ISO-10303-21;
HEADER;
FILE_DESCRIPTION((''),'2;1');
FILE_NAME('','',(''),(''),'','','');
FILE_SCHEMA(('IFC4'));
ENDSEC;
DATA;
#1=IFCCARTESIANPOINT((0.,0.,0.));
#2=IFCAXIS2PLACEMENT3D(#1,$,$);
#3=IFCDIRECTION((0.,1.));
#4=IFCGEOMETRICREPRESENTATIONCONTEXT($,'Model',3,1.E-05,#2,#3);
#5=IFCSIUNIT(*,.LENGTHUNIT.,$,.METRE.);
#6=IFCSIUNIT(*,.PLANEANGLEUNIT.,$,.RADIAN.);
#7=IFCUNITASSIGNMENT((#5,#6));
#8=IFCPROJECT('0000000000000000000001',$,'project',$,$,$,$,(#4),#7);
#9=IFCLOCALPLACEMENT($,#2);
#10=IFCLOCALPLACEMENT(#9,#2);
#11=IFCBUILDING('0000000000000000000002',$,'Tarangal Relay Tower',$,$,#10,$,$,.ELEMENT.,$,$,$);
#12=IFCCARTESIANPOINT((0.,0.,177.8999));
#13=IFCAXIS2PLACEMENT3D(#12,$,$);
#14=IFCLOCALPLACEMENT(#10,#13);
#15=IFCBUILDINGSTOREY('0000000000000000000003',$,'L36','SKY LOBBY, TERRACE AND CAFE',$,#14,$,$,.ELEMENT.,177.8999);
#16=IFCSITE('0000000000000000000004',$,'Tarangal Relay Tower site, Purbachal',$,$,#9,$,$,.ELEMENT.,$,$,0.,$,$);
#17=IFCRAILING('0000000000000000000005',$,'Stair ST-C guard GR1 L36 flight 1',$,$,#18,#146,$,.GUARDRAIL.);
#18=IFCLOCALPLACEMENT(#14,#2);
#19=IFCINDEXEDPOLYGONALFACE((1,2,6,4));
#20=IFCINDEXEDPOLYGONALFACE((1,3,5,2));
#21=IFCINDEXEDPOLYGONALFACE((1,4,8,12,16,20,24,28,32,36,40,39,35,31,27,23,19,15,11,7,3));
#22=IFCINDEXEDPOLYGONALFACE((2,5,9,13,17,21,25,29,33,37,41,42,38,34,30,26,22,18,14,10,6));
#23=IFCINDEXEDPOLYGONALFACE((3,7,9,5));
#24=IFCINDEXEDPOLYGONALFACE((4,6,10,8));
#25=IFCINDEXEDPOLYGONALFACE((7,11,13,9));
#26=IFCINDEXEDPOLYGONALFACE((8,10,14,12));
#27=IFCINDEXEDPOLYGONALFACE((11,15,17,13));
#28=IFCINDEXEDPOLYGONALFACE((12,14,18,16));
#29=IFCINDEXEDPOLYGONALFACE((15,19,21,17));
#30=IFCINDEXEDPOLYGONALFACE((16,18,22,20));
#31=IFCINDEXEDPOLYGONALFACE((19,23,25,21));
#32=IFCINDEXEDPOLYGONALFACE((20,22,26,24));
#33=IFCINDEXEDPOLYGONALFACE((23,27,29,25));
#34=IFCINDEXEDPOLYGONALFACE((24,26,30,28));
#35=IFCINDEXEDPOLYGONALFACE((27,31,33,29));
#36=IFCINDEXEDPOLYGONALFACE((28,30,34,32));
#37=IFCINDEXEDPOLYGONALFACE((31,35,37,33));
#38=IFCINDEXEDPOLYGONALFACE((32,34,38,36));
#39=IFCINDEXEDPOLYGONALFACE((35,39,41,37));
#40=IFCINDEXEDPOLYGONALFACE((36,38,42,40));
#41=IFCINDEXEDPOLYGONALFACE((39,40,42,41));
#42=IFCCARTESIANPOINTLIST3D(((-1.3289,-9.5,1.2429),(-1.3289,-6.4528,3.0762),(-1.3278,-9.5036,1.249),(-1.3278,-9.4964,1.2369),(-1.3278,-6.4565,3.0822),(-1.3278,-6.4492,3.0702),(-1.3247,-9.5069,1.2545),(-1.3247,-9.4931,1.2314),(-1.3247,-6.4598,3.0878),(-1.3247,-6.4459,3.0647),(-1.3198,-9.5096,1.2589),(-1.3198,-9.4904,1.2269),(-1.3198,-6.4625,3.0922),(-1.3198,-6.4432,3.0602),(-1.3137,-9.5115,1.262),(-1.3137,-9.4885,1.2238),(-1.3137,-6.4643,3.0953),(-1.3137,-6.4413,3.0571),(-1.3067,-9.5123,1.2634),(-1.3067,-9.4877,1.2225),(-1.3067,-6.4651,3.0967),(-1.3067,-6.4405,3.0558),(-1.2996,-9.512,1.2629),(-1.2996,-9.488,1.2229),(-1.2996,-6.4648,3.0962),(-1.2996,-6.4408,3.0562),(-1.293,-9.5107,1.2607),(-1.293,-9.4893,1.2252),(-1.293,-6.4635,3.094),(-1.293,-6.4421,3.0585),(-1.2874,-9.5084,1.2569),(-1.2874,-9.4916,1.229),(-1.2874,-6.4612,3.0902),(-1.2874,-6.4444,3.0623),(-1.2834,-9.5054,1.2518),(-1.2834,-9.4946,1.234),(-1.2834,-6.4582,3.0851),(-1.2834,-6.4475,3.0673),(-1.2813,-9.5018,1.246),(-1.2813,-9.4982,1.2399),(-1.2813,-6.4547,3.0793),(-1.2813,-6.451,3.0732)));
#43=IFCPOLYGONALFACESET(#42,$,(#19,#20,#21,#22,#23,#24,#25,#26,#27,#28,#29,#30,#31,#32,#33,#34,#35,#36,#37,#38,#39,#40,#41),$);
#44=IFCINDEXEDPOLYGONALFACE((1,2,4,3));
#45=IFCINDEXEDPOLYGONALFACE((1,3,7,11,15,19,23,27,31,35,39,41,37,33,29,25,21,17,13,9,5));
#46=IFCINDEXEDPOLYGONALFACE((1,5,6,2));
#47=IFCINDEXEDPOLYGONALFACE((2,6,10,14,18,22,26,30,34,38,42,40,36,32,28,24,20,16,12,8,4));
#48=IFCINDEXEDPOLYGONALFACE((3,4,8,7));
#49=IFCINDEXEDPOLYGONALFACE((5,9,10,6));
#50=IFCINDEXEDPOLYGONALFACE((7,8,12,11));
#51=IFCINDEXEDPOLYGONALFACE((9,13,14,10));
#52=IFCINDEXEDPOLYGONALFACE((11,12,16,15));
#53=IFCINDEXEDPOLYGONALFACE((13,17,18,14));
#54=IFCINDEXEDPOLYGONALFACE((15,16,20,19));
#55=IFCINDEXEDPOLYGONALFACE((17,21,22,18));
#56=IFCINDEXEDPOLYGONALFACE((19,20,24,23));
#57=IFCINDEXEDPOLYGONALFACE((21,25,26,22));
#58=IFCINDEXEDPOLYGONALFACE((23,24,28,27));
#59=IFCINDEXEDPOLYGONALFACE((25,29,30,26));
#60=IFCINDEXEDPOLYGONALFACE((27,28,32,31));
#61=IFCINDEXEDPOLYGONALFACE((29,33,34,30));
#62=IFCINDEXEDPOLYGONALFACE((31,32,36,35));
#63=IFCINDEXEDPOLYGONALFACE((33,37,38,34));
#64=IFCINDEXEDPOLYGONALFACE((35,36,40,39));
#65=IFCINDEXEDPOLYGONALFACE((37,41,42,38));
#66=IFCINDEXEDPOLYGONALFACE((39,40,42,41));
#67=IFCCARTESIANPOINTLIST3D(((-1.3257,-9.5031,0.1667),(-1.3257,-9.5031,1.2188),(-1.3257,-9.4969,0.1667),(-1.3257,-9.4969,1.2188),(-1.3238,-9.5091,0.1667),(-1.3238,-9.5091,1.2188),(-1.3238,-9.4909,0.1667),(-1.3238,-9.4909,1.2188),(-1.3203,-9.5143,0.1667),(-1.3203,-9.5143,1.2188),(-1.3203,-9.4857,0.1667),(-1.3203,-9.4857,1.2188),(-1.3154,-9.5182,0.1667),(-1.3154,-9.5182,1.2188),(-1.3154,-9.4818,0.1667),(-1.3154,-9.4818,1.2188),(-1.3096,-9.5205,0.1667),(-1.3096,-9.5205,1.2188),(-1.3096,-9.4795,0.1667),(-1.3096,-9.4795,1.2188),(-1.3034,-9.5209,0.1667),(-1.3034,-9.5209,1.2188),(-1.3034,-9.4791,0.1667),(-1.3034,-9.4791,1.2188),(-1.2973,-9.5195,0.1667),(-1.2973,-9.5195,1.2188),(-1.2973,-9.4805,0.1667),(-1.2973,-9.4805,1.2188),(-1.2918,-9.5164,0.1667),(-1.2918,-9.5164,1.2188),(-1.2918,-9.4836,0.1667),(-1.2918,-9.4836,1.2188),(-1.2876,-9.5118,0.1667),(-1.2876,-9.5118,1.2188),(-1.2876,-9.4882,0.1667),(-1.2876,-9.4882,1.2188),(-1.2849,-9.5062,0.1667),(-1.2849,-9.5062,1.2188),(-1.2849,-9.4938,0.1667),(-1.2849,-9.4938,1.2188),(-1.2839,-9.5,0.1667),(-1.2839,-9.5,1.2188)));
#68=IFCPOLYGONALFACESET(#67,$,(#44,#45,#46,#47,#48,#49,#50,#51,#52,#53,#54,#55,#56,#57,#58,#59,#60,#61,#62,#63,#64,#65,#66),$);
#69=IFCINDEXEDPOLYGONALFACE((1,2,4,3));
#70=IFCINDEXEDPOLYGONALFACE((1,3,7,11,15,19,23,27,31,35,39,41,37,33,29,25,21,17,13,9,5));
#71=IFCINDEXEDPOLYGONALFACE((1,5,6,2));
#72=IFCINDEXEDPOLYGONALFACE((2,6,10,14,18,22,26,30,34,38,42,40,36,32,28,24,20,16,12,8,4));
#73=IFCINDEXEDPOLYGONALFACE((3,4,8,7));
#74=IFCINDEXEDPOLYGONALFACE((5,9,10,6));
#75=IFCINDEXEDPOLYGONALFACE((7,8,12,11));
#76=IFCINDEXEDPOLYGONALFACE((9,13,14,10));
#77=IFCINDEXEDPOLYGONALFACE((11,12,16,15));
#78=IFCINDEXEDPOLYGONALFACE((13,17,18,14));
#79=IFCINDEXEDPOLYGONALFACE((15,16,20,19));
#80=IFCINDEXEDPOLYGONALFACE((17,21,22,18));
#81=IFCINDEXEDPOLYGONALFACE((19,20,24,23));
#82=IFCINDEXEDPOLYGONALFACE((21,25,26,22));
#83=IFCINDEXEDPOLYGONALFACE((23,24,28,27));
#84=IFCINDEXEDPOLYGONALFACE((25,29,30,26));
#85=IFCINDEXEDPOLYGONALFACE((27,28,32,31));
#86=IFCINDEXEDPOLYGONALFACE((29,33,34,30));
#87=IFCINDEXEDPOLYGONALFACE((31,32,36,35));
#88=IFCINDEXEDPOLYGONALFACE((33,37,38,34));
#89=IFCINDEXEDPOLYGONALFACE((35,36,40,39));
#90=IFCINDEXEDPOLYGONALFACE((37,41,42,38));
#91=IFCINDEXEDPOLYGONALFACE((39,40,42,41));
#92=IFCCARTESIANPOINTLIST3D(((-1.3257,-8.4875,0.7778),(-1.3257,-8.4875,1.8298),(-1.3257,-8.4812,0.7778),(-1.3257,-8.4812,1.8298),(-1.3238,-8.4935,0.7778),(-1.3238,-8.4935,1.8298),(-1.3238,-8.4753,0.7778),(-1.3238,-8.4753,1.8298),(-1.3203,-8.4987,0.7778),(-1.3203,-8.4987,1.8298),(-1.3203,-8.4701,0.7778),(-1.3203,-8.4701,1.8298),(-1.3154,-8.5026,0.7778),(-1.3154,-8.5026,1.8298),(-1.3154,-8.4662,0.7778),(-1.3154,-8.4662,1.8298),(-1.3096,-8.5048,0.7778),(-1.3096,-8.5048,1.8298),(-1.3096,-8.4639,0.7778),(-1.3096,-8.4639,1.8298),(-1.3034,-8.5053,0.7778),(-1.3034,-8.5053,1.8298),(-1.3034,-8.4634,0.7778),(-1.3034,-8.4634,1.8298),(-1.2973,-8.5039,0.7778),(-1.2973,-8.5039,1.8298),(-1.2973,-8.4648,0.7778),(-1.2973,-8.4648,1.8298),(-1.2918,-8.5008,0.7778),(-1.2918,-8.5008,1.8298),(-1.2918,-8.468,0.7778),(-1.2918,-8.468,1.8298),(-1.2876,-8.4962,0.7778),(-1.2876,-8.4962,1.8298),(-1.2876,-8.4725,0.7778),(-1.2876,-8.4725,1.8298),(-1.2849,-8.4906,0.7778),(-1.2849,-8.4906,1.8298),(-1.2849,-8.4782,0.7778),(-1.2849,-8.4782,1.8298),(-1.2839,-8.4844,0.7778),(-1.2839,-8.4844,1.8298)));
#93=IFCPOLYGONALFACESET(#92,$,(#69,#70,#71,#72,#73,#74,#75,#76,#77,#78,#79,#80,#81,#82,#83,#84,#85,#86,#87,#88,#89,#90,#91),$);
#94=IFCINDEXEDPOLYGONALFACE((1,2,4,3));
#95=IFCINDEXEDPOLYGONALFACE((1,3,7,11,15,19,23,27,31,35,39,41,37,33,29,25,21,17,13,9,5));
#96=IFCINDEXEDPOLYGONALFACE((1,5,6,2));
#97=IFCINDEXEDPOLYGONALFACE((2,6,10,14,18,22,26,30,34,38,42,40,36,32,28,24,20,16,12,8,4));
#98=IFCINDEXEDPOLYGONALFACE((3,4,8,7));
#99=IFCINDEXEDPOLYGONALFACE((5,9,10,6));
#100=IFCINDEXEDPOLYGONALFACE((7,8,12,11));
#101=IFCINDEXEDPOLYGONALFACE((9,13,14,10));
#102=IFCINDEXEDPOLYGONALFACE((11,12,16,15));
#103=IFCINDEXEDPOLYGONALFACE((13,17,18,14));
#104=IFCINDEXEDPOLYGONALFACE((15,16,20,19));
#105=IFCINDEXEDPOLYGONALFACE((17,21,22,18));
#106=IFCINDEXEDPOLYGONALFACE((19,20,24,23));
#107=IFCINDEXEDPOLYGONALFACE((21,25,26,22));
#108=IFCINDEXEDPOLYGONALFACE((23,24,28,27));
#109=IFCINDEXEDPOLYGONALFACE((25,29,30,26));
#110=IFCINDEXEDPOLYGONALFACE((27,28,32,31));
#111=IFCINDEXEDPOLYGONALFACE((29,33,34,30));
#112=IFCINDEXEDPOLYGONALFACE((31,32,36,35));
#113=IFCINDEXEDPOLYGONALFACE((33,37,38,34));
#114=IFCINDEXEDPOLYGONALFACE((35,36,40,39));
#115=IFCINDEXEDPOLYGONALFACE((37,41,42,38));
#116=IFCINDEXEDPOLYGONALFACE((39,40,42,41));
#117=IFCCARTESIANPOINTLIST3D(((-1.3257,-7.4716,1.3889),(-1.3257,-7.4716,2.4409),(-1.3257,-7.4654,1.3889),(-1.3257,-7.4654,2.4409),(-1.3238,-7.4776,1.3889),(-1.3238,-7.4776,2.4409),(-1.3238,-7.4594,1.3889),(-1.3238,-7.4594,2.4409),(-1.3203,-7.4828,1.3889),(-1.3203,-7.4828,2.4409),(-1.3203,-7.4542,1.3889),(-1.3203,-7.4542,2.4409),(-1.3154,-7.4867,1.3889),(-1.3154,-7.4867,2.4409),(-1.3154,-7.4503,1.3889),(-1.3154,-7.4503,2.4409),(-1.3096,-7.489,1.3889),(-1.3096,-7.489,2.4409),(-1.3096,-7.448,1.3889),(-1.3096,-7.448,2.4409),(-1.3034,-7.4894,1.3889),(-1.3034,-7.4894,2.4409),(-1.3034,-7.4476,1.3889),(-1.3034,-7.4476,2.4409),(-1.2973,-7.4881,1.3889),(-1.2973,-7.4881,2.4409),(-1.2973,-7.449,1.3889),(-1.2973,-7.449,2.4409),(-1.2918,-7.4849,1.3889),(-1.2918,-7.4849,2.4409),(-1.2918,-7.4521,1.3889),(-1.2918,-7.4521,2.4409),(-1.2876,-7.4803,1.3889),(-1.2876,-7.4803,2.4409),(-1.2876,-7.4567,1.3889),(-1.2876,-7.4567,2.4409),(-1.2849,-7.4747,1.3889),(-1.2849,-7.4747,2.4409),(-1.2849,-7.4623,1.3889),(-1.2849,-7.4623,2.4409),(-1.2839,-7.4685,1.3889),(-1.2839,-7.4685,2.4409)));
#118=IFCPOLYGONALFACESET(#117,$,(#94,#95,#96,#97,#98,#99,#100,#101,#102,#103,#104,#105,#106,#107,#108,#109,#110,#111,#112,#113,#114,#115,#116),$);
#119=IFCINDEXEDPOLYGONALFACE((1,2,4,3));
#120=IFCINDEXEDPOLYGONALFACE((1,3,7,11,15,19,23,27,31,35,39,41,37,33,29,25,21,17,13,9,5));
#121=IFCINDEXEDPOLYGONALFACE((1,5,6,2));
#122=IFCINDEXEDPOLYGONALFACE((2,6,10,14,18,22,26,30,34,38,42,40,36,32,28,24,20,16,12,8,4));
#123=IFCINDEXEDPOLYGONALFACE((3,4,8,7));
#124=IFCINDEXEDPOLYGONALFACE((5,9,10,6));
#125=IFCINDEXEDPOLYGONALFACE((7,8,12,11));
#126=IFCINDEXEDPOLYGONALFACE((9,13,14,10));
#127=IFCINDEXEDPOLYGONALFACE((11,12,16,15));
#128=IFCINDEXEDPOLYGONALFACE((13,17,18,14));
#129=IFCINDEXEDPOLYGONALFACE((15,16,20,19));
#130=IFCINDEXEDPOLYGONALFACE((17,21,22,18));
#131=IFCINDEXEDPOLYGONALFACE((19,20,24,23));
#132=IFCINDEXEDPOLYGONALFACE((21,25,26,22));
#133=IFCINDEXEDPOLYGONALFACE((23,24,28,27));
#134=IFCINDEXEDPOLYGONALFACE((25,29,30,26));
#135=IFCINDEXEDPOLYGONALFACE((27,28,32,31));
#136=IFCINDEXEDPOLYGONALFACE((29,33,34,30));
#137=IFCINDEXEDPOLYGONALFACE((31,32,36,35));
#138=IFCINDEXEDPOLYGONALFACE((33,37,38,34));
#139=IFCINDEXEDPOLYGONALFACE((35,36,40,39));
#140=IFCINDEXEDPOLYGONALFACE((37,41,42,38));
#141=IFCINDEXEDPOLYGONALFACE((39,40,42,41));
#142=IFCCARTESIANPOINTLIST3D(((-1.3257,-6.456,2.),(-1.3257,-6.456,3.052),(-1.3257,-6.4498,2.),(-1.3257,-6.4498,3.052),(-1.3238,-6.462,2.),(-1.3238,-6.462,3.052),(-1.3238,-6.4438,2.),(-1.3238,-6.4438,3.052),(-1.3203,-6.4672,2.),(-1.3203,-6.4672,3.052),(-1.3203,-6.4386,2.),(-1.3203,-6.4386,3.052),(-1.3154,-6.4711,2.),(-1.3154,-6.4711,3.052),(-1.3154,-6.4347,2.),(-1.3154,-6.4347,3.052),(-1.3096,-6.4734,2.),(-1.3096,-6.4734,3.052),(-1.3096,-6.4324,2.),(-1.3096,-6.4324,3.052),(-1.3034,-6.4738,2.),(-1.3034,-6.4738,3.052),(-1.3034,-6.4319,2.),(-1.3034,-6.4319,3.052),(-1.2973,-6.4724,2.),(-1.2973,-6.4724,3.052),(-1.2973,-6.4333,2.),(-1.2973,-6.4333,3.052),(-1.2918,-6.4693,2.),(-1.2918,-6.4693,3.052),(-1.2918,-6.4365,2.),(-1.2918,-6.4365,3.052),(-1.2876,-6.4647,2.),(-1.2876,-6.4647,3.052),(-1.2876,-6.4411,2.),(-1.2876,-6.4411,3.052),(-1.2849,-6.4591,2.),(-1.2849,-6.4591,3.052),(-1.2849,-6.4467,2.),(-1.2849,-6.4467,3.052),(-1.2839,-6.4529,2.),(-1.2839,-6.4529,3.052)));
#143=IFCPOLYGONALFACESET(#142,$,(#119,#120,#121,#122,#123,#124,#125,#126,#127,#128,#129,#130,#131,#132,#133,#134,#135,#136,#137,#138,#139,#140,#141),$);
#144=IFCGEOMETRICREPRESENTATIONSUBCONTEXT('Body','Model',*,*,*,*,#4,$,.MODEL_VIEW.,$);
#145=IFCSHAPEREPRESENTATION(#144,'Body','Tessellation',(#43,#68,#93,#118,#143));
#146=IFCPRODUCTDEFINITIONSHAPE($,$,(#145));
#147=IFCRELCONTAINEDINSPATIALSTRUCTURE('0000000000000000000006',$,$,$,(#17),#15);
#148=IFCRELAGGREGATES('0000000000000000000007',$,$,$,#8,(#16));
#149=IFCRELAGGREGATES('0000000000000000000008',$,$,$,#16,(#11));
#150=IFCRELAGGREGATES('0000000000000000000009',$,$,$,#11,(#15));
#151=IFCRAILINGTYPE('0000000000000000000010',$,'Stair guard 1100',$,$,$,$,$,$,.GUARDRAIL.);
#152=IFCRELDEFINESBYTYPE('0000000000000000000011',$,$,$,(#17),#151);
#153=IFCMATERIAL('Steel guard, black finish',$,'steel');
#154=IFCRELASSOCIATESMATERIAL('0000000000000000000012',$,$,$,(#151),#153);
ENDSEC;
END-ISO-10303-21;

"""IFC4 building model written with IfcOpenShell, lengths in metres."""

from ifc_helpers import new_model, si_unit, direction, frame, origin, origin_2d, place, context, subcontext, project, spatial, circle, extrude, material, type_object, element, save


model = new_model("IFC4")

# Units and contexts
model_context = context("Model", 3, precision=1e-05, world=origin(), true_north=direction((0.0, 1.0)))
body_context = subcontext(model_context, "Body", "Model", "MODEL_VIEW")
ifc_project = project(units=[si_unit("LENGTHUNIT", "METRE"), si_unit("PLANEANGLEUNIT", "RADIAN")], contexts=[model_context])

# Site, building, storey
site_placement = place(None, origin())
site = spatial("IfcSite", under=ifc_project, at=site_placement, Name="Tarangal Relay Tower site, Purbachal", CompositionType="ELEMENT", RefElevation=0.0)
building_placement = place(site_placement, origin())
building = spatial("IfcBuilding", under=site, at=building_placement, Name="Tarangal Relay Tower", CompositionType="ELEMENT")
storey_placement = place(building_placement, frame((0.0, 0.0, 177.8999)))
storey = spatial("IfcBuildingStorey", under=building, at=storey_placement, Name="L36", Description="SKY LOBBY, TERRACE AND CAFE", CompositionType="ELEMENT", Elevation=177.8999)

# Railing
ifc_material_1 = material(Name="Steel guard, black finish", Category="steel")
railing_type = type_object("IfcRailingType", Name="Stair guard 1100", PredefinedType="GUARDRAIL", material=ifc_material_1)
railing_1_placement = place(storey_placement, frame((-1.3049, -9.5, 0.1667)))
element("IfcRailing", 1, at=railing_1_placement, inside=storey, type_object=railing_type, Name="Stair ST-C guard GR1 L36 flight 1", PredefinedType="GUARDRAIL", context=body_context, shape_type="SweptSolid", body=[
    extrude(circle(Radius=0.0239, at=origin_2d()), frame((0.0, 0.0, 1.0762), z_axis=(0.0, 0.856874, 0.515525), x_axis=(-1.0, 0.0, 0.0)), (0.0, 0.0, 1.0), 3.5562),
    extrude(circle(Radius=0.021, at=origin_2d()), origin(), (0.0, 0.0, 1.0), 1.052),
    extrude(circle(Radius=0.021, at=origin_2d()), frame((0.0, 1.0156, 0.6111)), (0.0, 0.0, 1.0), 1.052),
    extrude(circle(Radius=0.021, at=origin_2d()), frame((0.0, 2.0315, 1.2222)), (0.0, 0.0, 1.0), 1.052),
    extrude(circle(Radius=0.021, at=origin_2d()), frame((0.0, 3.0471, 1.8333)), (0.0, 0.0, 1.0), 1.052),
])

save(model, "model.ifc")
